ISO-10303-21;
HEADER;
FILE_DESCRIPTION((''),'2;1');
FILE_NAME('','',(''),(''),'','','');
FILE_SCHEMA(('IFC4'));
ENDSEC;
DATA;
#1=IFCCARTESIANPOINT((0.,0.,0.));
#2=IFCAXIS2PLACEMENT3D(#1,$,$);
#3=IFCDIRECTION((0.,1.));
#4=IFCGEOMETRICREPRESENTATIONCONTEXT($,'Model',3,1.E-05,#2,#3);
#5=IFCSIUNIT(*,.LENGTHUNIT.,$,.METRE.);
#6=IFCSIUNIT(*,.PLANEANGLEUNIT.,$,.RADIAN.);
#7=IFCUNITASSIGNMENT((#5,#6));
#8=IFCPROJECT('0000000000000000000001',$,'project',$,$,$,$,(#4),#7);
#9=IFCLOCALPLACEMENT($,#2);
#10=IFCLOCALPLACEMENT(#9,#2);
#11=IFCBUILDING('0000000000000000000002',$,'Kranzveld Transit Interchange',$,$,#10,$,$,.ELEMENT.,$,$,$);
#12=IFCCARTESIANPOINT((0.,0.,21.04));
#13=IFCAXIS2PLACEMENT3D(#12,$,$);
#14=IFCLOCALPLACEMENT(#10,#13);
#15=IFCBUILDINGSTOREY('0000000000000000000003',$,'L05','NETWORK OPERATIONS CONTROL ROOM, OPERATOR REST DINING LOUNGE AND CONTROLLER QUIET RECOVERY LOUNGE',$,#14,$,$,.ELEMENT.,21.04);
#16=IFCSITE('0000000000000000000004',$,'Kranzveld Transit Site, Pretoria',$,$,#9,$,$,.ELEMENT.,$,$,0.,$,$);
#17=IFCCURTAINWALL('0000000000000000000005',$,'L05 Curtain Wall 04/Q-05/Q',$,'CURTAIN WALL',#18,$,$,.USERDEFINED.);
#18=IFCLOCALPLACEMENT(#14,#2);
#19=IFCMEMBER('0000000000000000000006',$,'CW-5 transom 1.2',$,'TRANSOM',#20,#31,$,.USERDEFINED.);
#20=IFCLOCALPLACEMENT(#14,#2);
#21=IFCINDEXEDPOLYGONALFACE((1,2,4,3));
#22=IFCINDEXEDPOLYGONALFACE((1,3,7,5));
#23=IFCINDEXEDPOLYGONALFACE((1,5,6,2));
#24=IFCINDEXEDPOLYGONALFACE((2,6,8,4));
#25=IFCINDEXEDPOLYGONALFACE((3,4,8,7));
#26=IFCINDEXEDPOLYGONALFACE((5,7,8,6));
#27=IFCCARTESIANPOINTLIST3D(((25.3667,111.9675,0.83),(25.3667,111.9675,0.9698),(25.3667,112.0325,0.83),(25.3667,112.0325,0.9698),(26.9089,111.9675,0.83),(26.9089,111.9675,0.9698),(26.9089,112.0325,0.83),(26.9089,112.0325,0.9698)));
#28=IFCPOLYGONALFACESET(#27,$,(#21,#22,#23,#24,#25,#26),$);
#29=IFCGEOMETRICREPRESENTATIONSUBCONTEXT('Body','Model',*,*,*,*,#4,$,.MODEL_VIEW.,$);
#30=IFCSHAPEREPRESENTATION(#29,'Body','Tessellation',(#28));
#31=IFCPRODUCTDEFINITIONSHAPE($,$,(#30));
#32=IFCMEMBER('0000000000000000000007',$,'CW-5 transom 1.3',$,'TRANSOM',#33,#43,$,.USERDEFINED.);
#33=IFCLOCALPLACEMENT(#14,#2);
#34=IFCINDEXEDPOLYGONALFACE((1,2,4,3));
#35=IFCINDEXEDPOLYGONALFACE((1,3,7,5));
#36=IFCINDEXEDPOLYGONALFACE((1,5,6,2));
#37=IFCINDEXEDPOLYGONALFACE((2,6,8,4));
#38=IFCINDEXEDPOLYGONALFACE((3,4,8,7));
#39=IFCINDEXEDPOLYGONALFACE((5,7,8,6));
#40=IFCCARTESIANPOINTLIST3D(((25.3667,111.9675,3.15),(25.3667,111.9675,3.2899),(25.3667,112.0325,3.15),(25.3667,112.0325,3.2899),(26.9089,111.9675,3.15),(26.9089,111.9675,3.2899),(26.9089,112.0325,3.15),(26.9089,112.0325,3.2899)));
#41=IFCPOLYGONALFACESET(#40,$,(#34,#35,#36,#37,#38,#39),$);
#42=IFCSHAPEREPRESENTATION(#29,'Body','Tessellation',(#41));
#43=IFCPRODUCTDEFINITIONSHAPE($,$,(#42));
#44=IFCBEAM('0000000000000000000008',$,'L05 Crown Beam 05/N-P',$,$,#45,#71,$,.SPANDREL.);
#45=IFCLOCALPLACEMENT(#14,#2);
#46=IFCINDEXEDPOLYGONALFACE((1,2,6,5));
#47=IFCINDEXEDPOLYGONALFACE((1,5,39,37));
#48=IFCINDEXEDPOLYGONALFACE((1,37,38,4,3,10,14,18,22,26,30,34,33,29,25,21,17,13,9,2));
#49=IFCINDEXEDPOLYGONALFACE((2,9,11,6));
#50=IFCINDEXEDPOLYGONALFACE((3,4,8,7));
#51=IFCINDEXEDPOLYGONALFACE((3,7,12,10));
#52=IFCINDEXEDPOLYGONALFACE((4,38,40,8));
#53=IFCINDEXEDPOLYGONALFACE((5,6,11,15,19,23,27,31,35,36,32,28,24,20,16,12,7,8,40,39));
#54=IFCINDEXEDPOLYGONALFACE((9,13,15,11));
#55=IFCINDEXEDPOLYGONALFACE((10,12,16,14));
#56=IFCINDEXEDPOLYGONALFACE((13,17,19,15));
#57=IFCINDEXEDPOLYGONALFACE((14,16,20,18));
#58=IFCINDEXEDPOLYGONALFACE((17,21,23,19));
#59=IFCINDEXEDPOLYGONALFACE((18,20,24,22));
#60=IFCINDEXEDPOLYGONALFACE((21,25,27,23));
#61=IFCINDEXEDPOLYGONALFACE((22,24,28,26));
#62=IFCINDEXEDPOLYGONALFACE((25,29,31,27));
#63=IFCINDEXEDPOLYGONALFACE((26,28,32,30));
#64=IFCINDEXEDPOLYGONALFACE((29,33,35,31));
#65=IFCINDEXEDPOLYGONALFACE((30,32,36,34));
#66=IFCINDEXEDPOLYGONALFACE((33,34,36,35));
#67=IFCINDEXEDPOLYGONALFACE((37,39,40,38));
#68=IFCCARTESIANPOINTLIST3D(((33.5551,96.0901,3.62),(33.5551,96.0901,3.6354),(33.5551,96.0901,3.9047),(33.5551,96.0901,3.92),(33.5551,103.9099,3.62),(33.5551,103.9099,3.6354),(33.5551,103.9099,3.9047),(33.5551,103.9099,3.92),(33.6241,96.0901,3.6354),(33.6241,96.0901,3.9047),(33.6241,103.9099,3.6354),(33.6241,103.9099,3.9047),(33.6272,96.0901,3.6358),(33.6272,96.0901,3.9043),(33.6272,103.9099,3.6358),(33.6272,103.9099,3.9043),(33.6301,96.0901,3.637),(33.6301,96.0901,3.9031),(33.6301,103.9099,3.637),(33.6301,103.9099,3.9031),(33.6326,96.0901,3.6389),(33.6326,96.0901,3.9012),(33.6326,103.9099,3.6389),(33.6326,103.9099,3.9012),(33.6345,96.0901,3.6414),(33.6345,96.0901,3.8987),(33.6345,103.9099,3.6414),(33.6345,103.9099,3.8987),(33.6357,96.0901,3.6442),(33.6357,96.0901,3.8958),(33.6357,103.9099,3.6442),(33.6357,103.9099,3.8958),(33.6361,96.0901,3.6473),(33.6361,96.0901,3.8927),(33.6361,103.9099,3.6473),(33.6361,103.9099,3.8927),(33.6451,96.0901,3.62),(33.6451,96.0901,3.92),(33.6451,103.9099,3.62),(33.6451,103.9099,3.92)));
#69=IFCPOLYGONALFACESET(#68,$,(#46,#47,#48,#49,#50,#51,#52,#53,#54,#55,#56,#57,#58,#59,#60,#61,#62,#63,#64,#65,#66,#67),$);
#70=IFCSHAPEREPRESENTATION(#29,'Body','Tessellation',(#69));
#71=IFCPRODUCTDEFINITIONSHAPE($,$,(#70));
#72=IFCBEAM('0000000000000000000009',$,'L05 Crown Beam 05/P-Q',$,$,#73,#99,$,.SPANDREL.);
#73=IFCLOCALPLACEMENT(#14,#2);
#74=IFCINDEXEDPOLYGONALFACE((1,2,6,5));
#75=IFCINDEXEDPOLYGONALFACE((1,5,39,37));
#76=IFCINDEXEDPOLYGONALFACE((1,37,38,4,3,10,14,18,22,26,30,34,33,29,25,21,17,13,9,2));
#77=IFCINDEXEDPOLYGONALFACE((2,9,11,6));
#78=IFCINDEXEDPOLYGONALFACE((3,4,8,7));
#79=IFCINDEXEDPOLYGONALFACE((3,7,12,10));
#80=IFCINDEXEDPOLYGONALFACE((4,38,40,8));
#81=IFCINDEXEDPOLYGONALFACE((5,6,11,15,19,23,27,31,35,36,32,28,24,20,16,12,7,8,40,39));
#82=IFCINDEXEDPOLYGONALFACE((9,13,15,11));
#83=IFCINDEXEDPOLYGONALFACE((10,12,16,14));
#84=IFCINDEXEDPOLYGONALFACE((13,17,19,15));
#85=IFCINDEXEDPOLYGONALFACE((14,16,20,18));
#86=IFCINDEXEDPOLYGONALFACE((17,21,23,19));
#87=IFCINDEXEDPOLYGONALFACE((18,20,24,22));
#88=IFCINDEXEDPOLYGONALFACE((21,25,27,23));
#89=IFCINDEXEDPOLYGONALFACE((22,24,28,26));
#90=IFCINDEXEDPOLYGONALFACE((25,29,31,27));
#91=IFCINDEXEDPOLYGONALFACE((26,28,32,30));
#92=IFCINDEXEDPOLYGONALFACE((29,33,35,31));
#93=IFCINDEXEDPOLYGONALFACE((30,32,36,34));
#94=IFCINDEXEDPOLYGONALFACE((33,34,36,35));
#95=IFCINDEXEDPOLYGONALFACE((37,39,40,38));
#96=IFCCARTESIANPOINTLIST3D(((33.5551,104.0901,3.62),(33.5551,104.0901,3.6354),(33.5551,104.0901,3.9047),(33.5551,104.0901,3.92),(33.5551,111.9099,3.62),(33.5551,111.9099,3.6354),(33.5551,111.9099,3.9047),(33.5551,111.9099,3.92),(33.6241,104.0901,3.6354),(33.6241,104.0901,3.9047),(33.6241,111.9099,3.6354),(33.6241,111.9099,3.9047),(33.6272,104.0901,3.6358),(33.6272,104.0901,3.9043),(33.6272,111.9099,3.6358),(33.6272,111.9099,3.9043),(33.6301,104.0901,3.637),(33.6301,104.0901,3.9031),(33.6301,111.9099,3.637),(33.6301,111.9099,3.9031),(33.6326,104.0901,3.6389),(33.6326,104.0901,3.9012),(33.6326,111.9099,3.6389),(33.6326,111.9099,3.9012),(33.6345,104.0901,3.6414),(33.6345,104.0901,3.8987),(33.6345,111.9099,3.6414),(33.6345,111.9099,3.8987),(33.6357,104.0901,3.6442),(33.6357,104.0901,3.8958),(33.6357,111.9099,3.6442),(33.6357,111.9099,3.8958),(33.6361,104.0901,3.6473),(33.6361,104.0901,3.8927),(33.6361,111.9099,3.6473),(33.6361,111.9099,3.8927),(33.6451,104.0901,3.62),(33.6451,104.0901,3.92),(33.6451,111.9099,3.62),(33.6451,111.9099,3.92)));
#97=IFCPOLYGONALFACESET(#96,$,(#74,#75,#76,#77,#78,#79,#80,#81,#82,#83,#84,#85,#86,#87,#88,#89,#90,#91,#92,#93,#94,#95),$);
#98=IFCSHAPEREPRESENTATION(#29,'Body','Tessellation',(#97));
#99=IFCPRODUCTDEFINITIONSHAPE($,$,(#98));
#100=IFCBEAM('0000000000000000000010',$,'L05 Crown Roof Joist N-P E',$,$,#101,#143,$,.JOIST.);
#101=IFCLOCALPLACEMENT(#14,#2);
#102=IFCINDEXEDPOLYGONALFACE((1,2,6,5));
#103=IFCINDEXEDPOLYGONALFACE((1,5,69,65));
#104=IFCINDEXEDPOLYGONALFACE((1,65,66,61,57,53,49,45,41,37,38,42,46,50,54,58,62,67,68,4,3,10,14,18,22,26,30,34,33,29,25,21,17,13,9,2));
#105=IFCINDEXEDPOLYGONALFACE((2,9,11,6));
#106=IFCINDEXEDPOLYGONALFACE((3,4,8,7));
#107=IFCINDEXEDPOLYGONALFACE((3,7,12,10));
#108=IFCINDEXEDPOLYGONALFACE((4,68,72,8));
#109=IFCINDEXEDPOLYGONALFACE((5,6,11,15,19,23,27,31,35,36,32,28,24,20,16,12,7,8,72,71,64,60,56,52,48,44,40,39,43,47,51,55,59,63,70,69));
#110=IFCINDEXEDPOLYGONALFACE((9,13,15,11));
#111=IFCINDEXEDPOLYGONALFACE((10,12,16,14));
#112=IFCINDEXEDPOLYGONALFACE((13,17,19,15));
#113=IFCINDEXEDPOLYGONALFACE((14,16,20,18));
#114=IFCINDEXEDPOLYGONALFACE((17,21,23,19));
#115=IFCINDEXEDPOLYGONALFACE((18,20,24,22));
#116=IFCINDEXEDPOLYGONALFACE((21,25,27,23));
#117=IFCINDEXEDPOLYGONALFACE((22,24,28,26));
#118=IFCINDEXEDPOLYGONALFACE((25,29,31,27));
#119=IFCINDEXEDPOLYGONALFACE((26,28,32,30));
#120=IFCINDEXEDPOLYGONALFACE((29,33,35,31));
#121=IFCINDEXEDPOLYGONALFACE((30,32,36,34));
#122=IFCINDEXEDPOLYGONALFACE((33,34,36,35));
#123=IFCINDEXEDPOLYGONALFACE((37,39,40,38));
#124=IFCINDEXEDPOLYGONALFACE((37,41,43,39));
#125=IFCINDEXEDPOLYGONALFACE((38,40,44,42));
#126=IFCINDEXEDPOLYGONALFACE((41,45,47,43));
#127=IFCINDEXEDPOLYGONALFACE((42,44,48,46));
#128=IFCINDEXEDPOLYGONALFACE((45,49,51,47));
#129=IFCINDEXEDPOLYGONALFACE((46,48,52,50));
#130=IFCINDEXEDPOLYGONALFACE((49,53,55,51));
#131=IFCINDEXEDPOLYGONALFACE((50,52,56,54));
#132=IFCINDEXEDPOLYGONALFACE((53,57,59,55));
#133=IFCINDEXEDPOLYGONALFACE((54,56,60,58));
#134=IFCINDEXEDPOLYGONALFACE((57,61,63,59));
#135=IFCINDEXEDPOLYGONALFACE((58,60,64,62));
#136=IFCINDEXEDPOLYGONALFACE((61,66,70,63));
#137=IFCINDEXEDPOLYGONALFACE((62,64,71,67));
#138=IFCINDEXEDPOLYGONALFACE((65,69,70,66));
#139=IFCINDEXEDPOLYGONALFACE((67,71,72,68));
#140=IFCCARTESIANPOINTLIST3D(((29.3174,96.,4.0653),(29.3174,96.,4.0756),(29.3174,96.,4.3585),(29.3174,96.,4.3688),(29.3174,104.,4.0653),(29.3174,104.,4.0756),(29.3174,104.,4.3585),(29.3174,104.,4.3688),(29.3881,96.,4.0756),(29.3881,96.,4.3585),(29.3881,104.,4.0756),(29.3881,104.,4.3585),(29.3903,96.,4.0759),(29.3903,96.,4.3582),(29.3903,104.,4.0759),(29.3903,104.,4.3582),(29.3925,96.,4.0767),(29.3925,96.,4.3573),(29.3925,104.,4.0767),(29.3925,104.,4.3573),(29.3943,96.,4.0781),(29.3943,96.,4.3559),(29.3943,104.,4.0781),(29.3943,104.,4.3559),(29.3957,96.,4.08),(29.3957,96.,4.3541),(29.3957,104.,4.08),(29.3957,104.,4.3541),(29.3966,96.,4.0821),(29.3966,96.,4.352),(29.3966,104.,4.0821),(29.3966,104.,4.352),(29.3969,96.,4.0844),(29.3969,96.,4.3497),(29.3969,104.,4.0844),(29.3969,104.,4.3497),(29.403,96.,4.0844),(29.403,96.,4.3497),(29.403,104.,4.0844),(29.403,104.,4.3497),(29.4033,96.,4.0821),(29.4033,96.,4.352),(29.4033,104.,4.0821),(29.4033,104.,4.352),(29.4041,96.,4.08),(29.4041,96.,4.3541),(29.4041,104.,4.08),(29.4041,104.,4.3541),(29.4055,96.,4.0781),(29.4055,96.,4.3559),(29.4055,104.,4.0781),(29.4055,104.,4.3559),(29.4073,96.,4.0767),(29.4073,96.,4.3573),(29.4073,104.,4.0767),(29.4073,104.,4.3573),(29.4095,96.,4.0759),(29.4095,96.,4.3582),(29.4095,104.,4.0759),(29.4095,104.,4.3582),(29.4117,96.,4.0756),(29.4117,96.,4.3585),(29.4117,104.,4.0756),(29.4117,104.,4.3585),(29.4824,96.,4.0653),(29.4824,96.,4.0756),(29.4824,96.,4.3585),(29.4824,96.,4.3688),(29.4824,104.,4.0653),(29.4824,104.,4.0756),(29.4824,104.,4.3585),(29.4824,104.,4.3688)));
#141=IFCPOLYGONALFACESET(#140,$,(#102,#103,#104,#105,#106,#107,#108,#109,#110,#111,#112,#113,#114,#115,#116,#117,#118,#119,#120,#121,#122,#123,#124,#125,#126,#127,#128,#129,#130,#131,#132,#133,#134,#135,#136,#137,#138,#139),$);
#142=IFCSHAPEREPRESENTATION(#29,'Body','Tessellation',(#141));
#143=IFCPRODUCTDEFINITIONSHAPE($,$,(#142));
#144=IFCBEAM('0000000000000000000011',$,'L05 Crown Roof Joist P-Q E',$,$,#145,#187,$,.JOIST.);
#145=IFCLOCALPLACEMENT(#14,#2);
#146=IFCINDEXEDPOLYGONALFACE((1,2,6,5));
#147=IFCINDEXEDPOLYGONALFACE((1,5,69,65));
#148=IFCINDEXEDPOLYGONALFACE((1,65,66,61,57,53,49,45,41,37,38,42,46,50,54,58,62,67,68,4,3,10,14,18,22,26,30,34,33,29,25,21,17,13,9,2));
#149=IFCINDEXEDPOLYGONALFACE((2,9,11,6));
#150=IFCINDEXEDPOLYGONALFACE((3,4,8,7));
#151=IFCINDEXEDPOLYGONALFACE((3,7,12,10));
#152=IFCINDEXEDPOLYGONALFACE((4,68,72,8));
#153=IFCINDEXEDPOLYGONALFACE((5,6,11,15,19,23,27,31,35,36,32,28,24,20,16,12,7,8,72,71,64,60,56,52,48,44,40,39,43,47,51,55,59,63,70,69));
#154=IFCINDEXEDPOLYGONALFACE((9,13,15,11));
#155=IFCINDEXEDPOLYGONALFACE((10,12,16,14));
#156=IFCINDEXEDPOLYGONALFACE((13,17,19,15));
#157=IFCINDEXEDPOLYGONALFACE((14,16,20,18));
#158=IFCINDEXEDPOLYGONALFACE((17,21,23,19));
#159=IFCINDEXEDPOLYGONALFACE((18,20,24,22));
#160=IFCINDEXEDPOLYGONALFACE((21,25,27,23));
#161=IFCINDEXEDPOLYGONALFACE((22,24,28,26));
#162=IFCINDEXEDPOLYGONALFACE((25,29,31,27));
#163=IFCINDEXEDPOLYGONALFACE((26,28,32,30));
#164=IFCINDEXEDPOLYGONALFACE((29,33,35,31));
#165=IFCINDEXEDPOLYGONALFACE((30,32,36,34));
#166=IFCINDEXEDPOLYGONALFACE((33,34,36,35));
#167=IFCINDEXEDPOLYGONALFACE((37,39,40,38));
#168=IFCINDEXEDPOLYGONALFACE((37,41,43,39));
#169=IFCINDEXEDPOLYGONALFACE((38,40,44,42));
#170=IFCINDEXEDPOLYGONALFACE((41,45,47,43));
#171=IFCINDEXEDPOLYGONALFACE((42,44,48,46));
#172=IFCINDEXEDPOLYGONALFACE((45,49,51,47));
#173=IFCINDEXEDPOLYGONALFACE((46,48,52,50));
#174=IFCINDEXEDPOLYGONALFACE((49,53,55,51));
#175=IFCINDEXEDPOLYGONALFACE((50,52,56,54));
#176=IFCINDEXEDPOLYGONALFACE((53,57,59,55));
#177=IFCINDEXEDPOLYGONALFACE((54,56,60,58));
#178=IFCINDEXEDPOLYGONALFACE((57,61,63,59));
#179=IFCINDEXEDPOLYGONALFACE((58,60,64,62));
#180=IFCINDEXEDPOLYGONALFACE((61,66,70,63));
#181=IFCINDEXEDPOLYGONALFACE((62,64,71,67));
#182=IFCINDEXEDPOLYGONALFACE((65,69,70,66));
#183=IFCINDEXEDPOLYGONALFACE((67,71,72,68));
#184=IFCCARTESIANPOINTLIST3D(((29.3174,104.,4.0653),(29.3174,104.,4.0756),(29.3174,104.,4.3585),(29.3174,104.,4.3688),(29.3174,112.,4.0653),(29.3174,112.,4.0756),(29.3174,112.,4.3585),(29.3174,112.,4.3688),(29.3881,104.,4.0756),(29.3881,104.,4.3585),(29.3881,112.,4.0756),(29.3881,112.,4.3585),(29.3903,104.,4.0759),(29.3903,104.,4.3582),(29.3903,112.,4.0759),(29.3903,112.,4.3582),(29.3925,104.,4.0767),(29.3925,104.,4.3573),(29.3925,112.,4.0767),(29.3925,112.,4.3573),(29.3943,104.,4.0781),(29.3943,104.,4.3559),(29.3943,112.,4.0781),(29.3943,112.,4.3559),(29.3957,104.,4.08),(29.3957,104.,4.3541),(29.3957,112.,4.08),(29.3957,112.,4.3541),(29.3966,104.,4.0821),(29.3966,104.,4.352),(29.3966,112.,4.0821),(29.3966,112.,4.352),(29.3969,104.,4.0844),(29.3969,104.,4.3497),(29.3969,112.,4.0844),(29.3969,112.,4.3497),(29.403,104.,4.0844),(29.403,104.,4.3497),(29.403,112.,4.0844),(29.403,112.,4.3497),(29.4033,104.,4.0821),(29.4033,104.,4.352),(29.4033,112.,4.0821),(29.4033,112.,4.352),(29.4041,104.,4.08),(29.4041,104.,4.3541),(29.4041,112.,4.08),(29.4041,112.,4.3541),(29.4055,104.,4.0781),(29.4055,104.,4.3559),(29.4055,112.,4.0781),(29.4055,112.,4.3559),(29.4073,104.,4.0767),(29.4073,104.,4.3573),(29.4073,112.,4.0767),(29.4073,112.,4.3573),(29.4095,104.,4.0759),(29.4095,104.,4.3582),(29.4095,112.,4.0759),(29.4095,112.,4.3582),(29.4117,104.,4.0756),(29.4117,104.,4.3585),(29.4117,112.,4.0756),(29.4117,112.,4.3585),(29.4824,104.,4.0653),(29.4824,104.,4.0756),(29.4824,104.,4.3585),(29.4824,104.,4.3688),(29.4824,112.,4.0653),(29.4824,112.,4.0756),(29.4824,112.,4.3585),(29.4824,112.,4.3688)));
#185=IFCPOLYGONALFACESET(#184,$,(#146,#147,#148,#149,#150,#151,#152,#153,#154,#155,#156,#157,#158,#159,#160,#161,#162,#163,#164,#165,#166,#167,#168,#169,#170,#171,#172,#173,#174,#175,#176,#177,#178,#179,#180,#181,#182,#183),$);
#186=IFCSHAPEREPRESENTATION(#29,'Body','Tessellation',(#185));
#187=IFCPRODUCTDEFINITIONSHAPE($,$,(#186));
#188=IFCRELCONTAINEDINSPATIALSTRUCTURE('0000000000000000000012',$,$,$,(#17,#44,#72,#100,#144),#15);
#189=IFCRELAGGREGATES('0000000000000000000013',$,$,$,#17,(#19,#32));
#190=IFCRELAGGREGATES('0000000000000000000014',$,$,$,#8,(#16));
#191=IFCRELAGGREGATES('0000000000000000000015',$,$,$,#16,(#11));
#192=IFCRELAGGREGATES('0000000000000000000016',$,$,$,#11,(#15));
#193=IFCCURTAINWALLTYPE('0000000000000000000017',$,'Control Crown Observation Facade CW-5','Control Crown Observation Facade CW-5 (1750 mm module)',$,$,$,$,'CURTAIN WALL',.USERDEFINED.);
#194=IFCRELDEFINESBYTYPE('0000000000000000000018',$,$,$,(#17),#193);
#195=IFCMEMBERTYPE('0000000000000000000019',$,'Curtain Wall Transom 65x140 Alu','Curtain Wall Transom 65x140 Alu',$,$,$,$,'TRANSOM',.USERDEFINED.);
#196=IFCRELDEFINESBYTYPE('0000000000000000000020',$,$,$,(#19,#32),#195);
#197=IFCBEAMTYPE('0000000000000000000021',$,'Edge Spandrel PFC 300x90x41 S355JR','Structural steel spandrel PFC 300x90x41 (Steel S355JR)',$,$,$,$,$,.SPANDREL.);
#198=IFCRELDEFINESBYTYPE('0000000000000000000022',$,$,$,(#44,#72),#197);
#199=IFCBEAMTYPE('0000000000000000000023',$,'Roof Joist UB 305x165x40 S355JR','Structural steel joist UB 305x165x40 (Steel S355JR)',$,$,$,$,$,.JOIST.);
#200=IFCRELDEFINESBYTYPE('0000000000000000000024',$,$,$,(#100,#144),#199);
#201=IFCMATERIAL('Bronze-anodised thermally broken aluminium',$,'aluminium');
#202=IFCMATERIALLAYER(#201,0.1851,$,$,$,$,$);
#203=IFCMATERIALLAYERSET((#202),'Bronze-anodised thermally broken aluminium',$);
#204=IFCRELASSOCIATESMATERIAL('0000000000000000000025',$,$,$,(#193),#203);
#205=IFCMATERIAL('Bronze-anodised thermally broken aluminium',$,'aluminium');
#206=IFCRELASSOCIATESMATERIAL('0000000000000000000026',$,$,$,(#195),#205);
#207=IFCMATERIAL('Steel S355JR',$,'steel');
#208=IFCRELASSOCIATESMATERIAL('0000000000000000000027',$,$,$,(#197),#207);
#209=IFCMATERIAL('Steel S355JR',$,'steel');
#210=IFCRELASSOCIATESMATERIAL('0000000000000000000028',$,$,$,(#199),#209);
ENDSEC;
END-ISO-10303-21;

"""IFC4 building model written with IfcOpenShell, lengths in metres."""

from ifc_helpers import new_model, si_unit, direction, frame, origin, origin_2d, place, context, subcontext, project, spatial, rectangle, i_section, u_section, extrude, material, layer, layer_set, material_profile, profile_set, type_object, element, aggregate, save


model = new_model("IFC4")

# Units and contexts
model_context = context("Model", 3, precision=1e-05, world=origin(), true_north=direction((0.0, 1.0)))
body_context = subcontext(model_context, "Body", "Model", "MODEL_VIEW")
ifc_project = project(units=[si_unit("LENGTHUNIT", "METRE"), si_unit("PLANEANGLEUNIT", "RADIAN")], contexts=[model_context])

# Site, building, storey
site_placement = place(None, origin())
site = spatial("IfcSite", under=ifc_project, at=site_placement, Name="Kranzveld Transit Site, Pretoria", CompositionType="ELEMENT", RefElevation=0.0)
building_placement = place(site_placement, origin())
building = spatial("IfcBuilding", under=site, at=building_placement, Name="Kranzveld Transit Interchange", CompositionType="ELEMENT")
storey_placement = place(building_placement, frame((0.0, 0.0, 21.04)))
storey = spatial("IfcBuildingStorey", under=building, at=storey_placement, Name="L05", Description="NETWORK OPERATIONS CONTROL ROOM, OPERATOR REST DINING LOUNGE AND CONTROLLER QUIET RECOVERY LOUNGE", CompositionType="ELEMENT", Elevation=21.04)

# Curtain wall, members
ifc_material_1 = material(Name="Bronze-anodised thermally broken aluminium", Category="aluminium")
ifc_layer_1 = layer(ifc_material_1, 0.1851)
ifc_layer_set_1 = layer_set([ifc_layer_1], Name="Bronze-anodised thermally broken aluminium")
curtain_wall_type = type_object("IfcCurtainWallType", Name="Control Crown Observation Facade CW-5", Description="Control Crown Observation Facade CW-5 (1750 mm module)", ElementType="CURTAIN WALL", PredefinedType="USERDEFINED", material=ifc_layer_set_1)
curtain_wall_placement = place(storey_placement, origin())
curtain_wall = element("IfcCurtainWall", 1, at=curtain_wall_placement, inside=storey, type_object=curtain_wall_type, Name="L05 Curtain Wall 04/Q-05/Q", ObjectType="CURTAIN WALL", PredefinedType="USERDEFINED")
ifc_material_2 = material(Name="Bronze-anodised thermally broken aluminium", Category="aluminium")
ifc_material_profile_1 = material_profile(ifc_material_2, rectangle(XDim=0.0649, YDim=0.1399, at=origin_2d()), Name="ALU TRANSOM 65x140")
ifc_profile_set_1 = profile_set([ifc_material_profile_1], Name="Bronze-anodised thermally broken aluminium")
member_type_1 = type_object("IfcMemberType", Name="Curtain Wall Transom 65x140 Alu", Description="Curtain Wall Transom 65x140 Alu", ElementType="TRANSOM", PredefinedType="USERDEFINED", material=ifc_profile_set_1)
member_1_placement = place(storey_placement, frame((25.3667, 112.0, 0.8999), z_axis=(1.0, 0.0, 0.0), x_axis=(0.0, 1.0, 0.0)))
member_1 = element("IfcMember", 2, at=member_1_placement, type_object=member_type_1, Name="CW-5 transom 1.2", ObjectType="TRANSOM", PredefinedType="USERDEFINED", context=body_context, shape_type="SweptSolid", body=[
    extrude(rectangle(XDim=0.0649, YDim=0.1399, at=origin_2d()), origin(), (0.0, 0.0, 1.0), 1.5422),
])
member_2_placement = place(storey_placement, frame((25.3667, 112.0, 3.22), z_axis=(1.0, 0.0, 0.0), x_axis=(0.0, 1.0, 0.0)))
member_2 = element("IfcMember", 3, at=member_2_placement, type_object=member_type_1, Name="CW-5 transom 1.3", ObjectType="TRANSOM", PredefinedType="USERDEFINED", context=body_context, shape_type="SweptSolid", body=[
    extrude(rectangle(XDim=0.0649, YDim=0.1399, at=origin_2d()), origin(), (0.0, 0.0, 1.0), 1.5422),
])
aggregate(curtain_wall, [member_1, member_2])

# Beams
ifc_material_3 = material(Name="Steel S355JR", Category="steel")
ifc_material_profile_2 = material_profile(ifc_material_3, u_section(Depth=0.3, FlangeWidth=0.0901, WebThickness=0.009, FlangeThickness=0.0154, FilletRadius=0.012, at=origin_2d()), Name="PFC 300x90x41")
ifc_profile_set_2 = profile_set([ifc_material_profile_2], Name="Steel S355JR")
beam_type_1 = type_object("IfcBeamType", Name="Edge Spandrel PFC 300x90x41 S355JR", Description="Structural steel spandrel PFC 300x90x41 (Steel S355JR)", PredefinedType="SPANDREL", material=ifc_profile_set_2)
for number, where, z_axis, x_axis, name in (
    (4, (33.6001, 96.0901, 3.77), (0.0, 1.0, 0.0), (-1.0, 0.0, 0.0), "L05 Crown Beam 05/N-P"),
    (5, (33.6001, 104.0901, 3.77), (0.0, 1.0, 0.0), (-1.0, 0.0, 0.0), "L05 Crown Beam 05/P-Q"),
):
    element("IfcBeam", number, at=place(storey_placement, frame(where, z_axis=z_axis, x_axis=x_axis)), inside=storey, type_object=beam_type_1, Name=name, PredefinedType="SPANDREL", context=body_context, shape_type="SweptSolid", body=[
        extrude(u_section(Depth=0.3, FlangeWidth=0.0901, WebThickness=0.009, FlangeThickness=0.0154, FilletRadius=0.012, at=origin_2d()), origin(), (0.0, 0.0, 1.0), 7.8198),
    ])
ifc_material_4 = material(Name="Steel S355JR", Category="steel")
ifc_material_profile_3 = material_profile(ifc_material_4, i_section(OverallWidth=0.165, OverallDepth=0.3035, WebThickness=0.0061, FlangeThickness=0.0103, FilletRadius=0.0088, at=origin_2d()), Name="UB 305x165x40")
ifc_profile_set_3 = profile_set([ifc_material_profile_3], Name="Steel S355JR")
beam_type_2 = type_object("IfcBeamType", Name="Roof Joist UB 305x165x40 S355JR", Description="Structural steel joist UB 305x165x40 (Steel S355JR)", PredefinedType="JOIST", material=ifc_profile_set_3)
for number, where, z_axis, x_axis, name in (
    (6, (29.3999, 96.0, 4.217), (0.0, 1.0, 0.0), (-1.0, 0.0, 0.0), "L05 Crown Roof Joist N-P E"),
    (7, (29.3999, 104.0, 4.217), (0.0, 1.0, 0.0), (-1.0, 0.0, 0.0), "L05 Crown Roof Joist P-Q E"),
):
    element("IfcBeam", number, at=place(storey_placement, frame(where, z_axis=z_axis, x_axis=x_axis)), inside=storey, type_object=beam_type_2, Name=name, PredefinedType="JOIST", context=body_context, shape_type="SweptSolid", body=[
        extrude(i_section(OverallWidth=0.165, OverallDepth=0.3035, WebThickness=0.0061, FlangeThickness=0.0103, FilletRadius=0.0088, at=origin_2d()), origin(), (0.0, 0.0, 1.0), 8.0),
    ])

save(model, "model.ifc")
